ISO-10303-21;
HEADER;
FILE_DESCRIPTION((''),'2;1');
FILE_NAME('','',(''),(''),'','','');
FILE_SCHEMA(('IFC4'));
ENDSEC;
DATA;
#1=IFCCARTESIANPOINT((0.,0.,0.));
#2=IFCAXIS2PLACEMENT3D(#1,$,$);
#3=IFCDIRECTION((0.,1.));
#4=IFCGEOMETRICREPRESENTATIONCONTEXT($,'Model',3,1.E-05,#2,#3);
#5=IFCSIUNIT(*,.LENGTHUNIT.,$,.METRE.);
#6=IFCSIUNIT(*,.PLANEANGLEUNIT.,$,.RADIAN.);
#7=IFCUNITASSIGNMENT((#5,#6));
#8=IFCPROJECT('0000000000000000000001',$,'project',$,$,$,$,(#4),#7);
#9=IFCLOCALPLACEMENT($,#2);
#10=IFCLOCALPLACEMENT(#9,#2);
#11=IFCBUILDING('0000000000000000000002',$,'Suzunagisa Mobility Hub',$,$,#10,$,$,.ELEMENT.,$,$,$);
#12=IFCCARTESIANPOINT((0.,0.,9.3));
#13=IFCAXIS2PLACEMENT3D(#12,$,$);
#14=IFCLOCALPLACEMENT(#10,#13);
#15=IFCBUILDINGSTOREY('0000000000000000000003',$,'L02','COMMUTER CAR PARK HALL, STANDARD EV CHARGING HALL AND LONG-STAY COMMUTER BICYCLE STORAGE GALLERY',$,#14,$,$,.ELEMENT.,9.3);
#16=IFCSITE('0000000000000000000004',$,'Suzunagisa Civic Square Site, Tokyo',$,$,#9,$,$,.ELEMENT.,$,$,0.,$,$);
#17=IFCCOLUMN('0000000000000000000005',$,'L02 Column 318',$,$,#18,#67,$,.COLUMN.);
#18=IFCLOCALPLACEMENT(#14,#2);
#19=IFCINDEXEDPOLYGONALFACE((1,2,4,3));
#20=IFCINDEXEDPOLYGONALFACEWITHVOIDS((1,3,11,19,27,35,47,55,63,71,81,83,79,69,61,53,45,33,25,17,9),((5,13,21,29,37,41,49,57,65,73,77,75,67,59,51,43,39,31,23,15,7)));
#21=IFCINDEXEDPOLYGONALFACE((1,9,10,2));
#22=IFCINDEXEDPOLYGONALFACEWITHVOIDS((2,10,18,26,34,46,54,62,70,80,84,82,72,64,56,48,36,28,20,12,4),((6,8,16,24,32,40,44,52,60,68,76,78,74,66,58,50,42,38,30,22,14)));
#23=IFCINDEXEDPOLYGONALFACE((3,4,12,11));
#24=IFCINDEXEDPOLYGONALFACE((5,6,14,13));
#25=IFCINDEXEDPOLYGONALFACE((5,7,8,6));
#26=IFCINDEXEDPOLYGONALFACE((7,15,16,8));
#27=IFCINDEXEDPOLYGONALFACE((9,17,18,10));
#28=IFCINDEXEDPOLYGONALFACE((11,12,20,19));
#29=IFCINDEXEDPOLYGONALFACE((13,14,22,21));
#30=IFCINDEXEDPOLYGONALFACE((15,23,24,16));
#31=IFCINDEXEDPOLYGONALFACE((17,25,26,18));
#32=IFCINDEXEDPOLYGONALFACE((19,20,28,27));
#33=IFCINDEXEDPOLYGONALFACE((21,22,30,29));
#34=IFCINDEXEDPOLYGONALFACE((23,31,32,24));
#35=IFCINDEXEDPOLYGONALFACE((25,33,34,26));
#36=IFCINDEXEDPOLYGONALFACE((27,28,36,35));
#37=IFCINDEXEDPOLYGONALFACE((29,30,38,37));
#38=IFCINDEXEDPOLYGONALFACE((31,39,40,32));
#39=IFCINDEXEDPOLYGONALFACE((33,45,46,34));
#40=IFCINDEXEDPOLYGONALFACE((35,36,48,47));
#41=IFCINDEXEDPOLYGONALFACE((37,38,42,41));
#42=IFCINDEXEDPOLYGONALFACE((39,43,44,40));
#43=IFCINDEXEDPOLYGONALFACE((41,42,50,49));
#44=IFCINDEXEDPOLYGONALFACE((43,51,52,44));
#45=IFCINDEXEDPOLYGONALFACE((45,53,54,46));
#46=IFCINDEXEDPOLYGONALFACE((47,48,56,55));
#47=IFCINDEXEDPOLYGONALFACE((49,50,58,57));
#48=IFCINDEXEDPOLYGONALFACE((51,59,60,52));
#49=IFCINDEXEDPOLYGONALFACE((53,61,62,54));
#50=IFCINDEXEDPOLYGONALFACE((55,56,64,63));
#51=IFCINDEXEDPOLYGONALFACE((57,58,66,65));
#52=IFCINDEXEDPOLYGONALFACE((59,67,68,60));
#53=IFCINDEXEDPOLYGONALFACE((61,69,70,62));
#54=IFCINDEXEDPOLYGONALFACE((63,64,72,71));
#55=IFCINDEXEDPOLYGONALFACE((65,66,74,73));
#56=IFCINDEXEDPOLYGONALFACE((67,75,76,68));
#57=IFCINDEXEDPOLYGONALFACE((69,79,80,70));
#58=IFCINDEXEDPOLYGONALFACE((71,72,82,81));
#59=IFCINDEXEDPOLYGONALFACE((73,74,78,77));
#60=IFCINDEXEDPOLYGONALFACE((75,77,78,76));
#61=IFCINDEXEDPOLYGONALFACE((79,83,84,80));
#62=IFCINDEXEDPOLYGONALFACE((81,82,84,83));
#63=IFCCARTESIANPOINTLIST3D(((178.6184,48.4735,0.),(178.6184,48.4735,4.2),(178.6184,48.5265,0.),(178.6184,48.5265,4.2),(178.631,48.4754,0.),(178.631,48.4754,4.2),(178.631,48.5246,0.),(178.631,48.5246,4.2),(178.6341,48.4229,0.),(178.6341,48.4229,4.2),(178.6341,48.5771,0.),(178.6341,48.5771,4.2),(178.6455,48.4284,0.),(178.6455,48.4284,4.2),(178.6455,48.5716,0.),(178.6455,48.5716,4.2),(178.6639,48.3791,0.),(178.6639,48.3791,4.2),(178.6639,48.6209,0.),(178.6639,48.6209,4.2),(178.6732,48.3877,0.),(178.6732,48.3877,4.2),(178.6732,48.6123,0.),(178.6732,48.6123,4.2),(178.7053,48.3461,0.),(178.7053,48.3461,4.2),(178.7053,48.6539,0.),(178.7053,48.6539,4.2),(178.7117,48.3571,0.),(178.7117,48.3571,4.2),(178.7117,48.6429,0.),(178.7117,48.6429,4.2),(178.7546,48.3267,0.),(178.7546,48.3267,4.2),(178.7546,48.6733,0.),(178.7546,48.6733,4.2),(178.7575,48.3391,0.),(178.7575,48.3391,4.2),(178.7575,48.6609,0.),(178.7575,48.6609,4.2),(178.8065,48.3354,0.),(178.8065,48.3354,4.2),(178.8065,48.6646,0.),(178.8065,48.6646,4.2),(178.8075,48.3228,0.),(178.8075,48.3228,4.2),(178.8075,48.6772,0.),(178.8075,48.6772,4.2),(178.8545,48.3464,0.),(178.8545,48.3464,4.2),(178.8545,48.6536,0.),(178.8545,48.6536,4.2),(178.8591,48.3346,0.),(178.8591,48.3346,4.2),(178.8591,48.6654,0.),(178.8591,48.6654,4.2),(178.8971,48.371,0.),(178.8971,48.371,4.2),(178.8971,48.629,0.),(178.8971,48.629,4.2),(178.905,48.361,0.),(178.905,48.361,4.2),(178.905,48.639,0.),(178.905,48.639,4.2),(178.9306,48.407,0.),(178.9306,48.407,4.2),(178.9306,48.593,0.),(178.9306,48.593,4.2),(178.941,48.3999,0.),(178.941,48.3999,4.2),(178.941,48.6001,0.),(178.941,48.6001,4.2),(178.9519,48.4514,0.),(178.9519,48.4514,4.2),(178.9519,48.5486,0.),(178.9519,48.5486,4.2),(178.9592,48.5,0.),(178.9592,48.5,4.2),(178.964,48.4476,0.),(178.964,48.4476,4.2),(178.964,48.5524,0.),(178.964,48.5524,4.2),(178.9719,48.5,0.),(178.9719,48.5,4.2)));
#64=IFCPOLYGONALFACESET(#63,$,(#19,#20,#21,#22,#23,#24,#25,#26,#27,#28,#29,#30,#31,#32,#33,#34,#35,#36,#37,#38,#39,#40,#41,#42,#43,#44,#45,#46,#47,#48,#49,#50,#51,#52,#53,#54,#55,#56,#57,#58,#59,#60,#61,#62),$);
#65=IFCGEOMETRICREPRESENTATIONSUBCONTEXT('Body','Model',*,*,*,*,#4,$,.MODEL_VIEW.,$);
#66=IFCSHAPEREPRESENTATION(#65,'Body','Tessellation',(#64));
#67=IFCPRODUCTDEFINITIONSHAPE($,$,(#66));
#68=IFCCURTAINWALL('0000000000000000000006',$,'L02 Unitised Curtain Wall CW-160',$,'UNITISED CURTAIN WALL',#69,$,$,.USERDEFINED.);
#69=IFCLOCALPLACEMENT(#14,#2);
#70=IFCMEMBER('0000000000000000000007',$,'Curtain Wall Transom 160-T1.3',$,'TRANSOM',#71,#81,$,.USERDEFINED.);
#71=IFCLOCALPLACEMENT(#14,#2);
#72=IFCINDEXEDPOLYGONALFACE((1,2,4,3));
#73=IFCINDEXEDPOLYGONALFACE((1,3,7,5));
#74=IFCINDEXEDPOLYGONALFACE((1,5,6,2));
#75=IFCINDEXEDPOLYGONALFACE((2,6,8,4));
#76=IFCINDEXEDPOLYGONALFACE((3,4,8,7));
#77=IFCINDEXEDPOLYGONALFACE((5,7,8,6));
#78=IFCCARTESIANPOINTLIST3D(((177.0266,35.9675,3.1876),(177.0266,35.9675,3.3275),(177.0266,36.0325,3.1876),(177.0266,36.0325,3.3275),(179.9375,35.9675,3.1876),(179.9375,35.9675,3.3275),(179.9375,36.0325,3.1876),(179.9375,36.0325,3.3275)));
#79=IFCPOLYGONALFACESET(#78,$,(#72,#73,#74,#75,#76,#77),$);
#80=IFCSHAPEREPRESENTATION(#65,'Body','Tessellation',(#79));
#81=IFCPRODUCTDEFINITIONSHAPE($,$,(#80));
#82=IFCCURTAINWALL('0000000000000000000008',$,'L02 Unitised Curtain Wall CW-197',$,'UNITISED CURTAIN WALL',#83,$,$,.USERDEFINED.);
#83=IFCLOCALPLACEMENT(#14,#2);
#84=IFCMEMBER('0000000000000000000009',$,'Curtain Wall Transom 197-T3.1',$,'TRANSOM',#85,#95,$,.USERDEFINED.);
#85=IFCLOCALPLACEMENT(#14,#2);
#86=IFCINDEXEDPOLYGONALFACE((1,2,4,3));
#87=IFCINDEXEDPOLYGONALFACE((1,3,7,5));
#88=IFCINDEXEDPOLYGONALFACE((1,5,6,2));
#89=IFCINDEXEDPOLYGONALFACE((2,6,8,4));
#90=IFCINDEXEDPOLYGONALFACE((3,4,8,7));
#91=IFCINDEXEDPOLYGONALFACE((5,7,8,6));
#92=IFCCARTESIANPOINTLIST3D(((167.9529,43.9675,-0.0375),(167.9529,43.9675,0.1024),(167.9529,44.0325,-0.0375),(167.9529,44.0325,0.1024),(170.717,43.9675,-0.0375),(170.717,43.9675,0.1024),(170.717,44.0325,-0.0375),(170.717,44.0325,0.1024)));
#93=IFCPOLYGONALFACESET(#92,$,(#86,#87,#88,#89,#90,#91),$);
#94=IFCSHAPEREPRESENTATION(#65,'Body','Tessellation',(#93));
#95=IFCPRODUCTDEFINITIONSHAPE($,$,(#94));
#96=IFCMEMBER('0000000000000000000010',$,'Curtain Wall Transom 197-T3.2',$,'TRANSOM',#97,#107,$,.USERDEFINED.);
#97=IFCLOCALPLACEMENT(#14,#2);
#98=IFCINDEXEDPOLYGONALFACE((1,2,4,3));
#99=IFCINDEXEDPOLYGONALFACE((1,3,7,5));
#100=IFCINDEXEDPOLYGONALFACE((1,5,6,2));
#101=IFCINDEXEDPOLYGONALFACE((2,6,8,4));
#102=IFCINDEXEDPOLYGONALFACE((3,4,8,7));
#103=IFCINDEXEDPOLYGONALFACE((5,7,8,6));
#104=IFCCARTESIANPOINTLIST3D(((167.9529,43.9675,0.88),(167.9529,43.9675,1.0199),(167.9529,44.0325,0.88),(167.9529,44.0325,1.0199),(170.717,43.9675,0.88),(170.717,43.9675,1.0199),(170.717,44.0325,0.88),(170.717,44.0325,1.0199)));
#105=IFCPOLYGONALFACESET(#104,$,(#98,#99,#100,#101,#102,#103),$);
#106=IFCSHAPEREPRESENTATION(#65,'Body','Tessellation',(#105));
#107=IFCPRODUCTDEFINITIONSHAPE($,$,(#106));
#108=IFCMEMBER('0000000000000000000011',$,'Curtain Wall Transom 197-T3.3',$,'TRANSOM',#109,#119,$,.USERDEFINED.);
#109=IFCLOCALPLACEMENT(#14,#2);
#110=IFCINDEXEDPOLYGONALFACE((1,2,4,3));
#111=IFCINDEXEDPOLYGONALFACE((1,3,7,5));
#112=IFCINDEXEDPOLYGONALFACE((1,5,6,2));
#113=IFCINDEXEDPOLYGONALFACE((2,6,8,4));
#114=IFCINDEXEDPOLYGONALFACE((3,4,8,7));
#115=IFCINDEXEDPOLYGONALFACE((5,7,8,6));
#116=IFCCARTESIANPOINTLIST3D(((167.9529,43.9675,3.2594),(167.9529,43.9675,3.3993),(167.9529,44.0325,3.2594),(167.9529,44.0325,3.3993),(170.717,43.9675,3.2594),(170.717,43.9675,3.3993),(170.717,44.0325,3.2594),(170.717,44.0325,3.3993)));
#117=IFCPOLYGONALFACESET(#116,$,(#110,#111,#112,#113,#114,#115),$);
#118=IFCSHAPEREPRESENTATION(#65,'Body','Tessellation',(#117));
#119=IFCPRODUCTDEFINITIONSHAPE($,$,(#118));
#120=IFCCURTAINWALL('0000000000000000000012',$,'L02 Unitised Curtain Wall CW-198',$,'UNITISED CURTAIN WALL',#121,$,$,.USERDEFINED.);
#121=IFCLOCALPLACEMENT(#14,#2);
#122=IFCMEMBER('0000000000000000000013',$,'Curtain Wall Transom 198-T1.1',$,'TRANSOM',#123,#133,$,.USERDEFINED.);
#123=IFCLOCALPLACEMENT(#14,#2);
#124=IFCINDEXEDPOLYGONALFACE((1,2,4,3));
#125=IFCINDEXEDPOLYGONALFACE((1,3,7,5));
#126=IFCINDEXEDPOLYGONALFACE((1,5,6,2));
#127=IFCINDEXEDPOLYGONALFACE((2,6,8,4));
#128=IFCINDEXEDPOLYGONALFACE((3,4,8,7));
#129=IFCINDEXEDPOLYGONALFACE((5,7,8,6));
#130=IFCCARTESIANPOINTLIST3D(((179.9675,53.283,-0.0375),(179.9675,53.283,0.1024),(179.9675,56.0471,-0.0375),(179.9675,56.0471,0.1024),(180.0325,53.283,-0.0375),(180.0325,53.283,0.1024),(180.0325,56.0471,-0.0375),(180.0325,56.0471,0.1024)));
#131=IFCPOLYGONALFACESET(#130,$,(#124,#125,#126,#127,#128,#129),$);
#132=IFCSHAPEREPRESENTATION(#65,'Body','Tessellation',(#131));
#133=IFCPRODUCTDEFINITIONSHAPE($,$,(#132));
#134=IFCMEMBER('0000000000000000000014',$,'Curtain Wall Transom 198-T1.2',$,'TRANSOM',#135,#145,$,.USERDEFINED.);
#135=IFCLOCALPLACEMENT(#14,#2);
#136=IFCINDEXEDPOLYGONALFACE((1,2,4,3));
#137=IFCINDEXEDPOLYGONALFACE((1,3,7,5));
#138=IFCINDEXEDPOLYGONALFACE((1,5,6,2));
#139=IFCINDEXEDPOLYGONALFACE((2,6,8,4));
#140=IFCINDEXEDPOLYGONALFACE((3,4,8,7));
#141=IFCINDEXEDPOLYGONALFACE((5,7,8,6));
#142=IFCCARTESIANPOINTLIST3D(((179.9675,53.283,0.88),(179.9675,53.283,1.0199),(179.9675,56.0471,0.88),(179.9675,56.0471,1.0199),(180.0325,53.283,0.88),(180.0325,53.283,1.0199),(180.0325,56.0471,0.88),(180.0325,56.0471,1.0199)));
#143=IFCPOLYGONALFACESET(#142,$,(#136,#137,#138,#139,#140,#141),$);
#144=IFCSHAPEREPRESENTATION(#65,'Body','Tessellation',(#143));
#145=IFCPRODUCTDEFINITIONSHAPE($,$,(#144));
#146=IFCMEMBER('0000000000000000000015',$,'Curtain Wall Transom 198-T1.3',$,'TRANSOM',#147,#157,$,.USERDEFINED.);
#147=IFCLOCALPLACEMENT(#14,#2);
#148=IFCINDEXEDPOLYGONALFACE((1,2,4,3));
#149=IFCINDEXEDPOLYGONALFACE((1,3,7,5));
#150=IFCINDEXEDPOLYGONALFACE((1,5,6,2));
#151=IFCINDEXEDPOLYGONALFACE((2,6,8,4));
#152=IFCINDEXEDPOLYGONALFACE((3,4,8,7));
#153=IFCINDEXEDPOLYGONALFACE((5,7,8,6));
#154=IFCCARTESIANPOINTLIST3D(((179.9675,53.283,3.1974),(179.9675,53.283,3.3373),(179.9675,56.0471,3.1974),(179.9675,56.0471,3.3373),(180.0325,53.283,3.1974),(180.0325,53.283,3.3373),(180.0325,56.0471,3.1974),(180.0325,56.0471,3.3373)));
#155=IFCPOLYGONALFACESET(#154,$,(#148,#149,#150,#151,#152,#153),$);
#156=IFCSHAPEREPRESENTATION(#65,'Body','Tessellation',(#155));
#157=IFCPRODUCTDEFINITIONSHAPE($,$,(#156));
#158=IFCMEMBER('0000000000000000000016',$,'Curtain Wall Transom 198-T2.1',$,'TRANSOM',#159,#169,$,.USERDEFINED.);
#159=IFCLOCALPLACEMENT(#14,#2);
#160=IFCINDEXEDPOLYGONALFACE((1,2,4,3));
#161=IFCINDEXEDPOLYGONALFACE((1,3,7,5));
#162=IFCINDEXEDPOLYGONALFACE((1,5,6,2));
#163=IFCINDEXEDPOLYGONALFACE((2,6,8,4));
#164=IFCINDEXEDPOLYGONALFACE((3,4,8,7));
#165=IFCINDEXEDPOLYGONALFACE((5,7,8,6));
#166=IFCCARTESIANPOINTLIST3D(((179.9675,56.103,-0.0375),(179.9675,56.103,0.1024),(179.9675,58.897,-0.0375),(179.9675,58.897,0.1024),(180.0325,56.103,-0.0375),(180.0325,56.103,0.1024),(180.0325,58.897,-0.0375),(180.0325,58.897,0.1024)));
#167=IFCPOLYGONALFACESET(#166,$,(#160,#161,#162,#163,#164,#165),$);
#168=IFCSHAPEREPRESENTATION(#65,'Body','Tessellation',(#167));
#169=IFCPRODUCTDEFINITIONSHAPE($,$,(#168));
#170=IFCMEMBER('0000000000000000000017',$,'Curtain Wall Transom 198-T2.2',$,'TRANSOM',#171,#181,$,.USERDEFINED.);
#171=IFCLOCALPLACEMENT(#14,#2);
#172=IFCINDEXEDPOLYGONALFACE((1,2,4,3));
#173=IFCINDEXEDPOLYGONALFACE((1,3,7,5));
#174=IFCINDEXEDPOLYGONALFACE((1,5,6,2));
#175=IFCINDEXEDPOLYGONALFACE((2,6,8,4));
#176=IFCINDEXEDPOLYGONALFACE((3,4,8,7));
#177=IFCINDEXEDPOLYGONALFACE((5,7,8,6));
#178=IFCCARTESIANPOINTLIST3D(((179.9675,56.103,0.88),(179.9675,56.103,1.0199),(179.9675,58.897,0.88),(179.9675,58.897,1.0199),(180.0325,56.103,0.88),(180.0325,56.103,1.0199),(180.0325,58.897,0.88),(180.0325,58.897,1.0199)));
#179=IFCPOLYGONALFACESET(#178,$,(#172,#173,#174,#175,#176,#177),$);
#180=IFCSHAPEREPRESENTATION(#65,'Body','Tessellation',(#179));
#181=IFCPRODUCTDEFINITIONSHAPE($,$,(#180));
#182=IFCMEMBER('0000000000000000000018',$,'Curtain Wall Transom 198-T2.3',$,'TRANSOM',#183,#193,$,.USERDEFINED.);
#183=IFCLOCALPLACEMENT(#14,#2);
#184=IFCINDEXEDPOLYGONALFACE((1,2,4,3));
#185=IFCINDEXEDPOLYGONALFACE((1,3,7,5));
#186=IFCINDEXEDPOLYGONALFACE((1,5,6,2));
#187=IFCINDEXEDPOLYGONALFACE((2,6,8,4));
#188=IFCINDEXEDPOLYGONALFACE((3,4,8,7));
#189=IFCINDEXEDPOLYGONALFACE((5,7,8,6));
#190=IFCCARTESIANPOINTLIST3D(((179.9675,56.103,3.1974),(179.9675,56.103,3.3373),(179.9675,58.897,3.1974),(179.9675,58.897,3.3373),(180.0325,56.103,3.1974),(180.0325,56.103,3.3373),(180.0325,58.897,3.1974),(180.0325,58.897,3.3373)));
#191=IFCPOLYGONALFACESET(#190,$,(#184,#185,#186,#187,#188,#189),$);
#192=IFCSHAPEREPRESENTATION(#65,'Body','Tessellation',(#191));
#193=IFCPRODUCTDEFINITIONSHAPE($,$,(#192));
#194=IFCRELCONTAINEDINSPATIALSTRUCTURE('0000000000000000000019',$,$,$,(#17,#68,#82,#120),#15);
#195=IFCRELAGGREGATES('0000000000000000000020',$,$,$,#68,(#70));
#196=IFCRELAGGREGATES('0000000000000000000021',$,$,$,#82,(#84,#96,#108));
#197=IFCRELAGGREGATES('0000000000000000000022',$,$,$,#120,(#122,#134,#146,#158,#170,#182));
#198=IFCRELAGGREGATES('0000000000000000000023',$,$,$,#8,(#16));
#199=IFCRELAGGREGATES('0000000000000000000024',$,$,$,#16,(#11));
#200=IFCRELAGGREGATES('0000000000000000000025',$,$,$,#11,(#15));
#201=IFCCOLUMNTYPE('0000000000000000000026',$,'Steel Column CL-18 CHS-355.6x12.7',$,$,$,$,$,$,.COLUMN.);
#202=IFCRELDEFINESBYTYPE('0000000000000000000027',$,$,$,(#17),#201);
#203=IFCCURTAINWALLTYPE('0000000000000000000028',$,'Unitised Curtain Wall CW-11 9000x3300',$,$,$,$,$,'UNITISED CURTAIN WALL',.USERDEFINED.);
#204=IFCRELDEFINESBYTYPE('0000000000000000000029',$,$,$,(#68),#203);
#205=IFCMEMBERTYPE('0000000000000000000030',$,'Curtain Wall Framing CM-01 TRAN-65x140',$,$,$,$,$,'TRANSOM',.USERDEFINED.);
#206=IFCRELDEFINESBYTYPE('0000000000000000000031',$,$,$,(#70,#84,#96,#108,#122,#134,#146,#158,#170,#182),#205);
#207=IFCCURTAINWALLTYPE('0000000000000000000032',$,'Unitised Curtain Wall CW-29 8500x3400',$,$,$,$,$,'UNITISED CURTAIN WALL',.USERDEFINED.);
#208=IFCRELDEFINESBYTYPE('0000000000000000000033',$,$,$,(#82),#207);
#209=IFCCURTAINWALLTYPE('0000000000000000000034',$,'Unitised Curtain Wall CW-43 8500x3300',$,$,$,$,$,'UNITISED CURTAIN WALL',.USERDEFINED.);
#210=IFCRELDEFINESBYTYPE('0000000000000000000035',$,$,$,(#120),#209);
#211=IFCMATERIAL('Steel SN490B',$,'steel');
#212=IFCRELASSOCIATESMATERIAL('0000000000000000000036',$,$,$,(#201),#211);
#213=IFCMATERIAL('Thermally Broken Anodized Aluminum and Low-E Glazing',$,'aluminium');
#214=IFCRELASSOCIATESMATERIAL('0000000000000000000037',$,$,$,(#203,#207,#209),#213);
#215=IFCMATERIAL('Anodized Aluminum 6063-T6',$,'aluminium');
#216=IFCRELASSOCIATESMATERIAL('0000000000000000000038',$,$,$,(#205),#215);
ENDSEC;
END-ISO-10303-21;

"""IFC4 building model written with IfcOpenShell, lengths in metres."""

from ifc_helpers import new_model, si_unit, direction, frame, origin, origin_2d, place, context, subcontext, project, spatial, rectangle, hollow_circle, extrude, material, material_profile, profile_set, type_object, element, aggregate, save


model = new_model("IFC4")

# Units and contexts
model_context = context("Model", 3, precision=1e-05, world=origin(), true_north=direction((0.0, 1.0)))
body_context = subcontext(model_context, "Body", "Model", "MODEL_VIEW")
ifc_project = project(units=[si_unit("LENGTHUNIT", "METRE"), si_unit("PLANEANGLEUNIT", "RADIAN")], contexts=[model_context])

# Site, building, storey
site_placement = place(None, origin())
site = spatial("IfcSite", under=ifc_project, at=site_placement, Name="Suzunagisa Civic Square Site, Tokyo", CompositionType="ELEMENT", RefElevation=0.0)
building_placement = place(site_placement, origin())
building = spatial("IfcBuilding", under=site, at=building_placement, Name="Suzunagisa Mobility Hub", CompositionType="ELEMENT")
storey_placement = place(building_placement, frame((0.0, 0.0, 9.3)))
storey = spatial("IfcBuildingStorey", under=building, at=storey_placement, Name="L02", Description="COMMUTER CAR PARK HALL, STANDARD EV CHARGING HALL AND LONG-STAY COMMUTER BICYCLE STORAGE GALLERY", CompositionType="ELEMENT", Elevation=9.3)

# Column
ifc_material_1 = material(Name="Steel SN490B", Category="steel")
ifc_material_profile_1 = material_profile(ifc_material_1, hollow_circle(Radius=0.1777, WallThickness=0.0127, at=origin_2d()), Name="CHS-355.6x12.7")
ifc_profile_set_1 = profile_set([ifc_material_profile_1], Name="Steel SN490B")
column_type_1 = type_object("IfcColumnType", Name="Steel Column CL-18 CHS-355.6x12.7", PredefinedType="COLUMN", material=ifc_profile_set_1)
for number, where, z_axis, x_axis, name in (
    (1, (178.7942, 48.5, 0.0), (0.0, 0.0, 1.0), (1.0, 0.0, 0.0), "L02 Column 318"),
):
    element("IfcColumn", number, at=place(storey_placement, frame(where, z_axis=z_axis, x_axis=x_axis)), inside=storey, type_object=column_type_1, Name=name, PredefinedType="COLUMN", context=body_context, shape_type="SweptSolid", body=[
        extrude(hollow_circle(Radius=0.1777, WallThickness=0.0127, at=origin_2d()), origin(), (0.0, 0.0, 1.0), 4.2),
    ])

# Curtain wall, member
ifc_material_2 = material(Name="Thermally Broken Anodized Aluminum and Low-E Glazing", Category="aluminium")
curtain_wall_type_1 = type_object("IfcCurtainWallType", Name="Unitised Curtain Wall CW-11 9000x3300", ElementType="UNITISED CURTAIN WALL", PredefinedType="USERDEFINED", material=ifc_material_2)
curtain_wall_1_placement = place(storey_placement, origin())
curtain_wall_1 = element("IfcCurtainWall", 2, at=curtain_wall_1_placement, inside=storey, type_object=curtain_wall_type_1, Name="L02 Unitised Curtain Wall CW-160", ObjectType="UNITISED CURTAIN WALL", PredefinedType="USERDEFINED")
ifc_material_3 = material(Name="Anodized Aluminum 6063-T6", Category="aluminium")
ifc_material_profile_2 = material_profile(ifc_material_3, rectangle(XDim=0.0649, YDim=0.1399, at=origin_2d()), Name="TRAN-65x140")
ifc_profile_set_2 = profile_set([ifc_material_profile_2], Name="Anodized Aluminum 6063-T6")
member_type_1 = type_object("IfcMemberType", Name="Curtain Wall Framing CM-01 TRAN-65x140", ElementType="TRANSOM", PredefinedType="USERDEFINED", material=ifc_profile_set_2)
member_1_placement = place(storey_placement, frame((179.9375, 36.0, 3.2576), z_axis=(-1.0, 0.0, 0.0), x_axis=(0.0, -1.0, 0.0)))
member_1 = element("IfcMember", 3, at=member_1_placement, type_object=member_type_1, Name="Curtain Wall Transom 160-T1.3", ObjectType="TRANSOM", PredefinedType="USERDEFINED", context=body_context, shape_type="SweptSolid", body=[
    extrude(rectangle(XDim=0.0649, YDim=0.1399, at=origin_2d()), origin(), (0.0, 0.0, 1.0), 2.9109),
])

# Curtain walls, members
curtain_wall_type_2 = type_object("IfcCurtainWallType", Name="Unitised Curtain Wall CW-29 8500x3400", ElementType="UNITISED CURTAIN WALL", PredefinedType="USERDEFINED", material=ifc_material_2)
curtain_wall_2_placement = place(storey_placement, origin())
curtain_wall_2 = element("IfcCurtainWall", 4, at=curtain_wall_2_placement, inside=storey, type_object=curtain_wall_type_2, Name="L02 Unitised Curtain Wall CW-197", ObjectType="UNITISED CURTAIN WALL", PredefinedType="USERDEFINED")
member_2_placement = place(storey_placement, frame((167.9529, 44.0, 0.0325), z_axis=(1.0, 0.0, 0.0), x_axis=(0.0, 1.0, 0.0)))
member_2 = element("IfcMember", 5, at=member_2_placement, type_object=member_type_1, Name="Curtain Wall Transom 197-T3.1", ObjectType="TRANSOM", PredefinedType="USERDEFINED", context=body_context, shape_type="SweptSolid", body=[
    extrude(rectangle(XDim=0.0649, YDim=0.1399, at=origin_2d()), origin(), (0.0, 0.0, 1.0), 2.7642),
])
member_3_placement = place(storey_placement, frame((167.9529, 44.0, 0.95), z_axis=(1.0, 0.0, 0.0), x_axis=(0.0, 1.0, 0.0)))
member_3 = element("IfcMember", 6, at=member_3_placement, type_object=member_type_1, Name="Curtain Wall Transom 197-T3.2", ObjectType="TRANSOM", PredefinedType="USERDEFINED", context=body_context, shape_type="SweptSolid", body=[
    extrude(rectangle(XDim=0.0649, YDim=0.1399, at=origin_2d()), origin(), (0.0, 0.0, 1.0), 2.7642),
])
member_4_placement = place(storey_placement, frame((167.9529, 44.0, 3.3293), z_axis=(1.0, 0.0, 0.0), x_axis=(0.0, 1.0, 0.0)))
member_4 = element("IfcMember", 7, at=member_4_placement, type_object=member_type_1, Name="Curtain Wall Transom 197-T3.3", ObjectType="TRANSOM", PredefinedType="USERDEFINED", context=body_context, shape_type="SweptSolid", body=[
    extrude(rectangle(XDim=0.0649, YDim=0.1399, at=origin_2d()), origin(), (0.0, 0.0, 1.0), 2.7642),
])
curtain_wall_type_3 = type_object("IfcCurtainWallType", Name="Unitised Curtain Wall CW-43 8500x3300", ElementType="UNITISED CURTAIN WALL", PredefinedType="USERDEFINED", material=ifc_material_2)
curtain_wall_3_placement = place(storey_placement, origin())
curtain_wall_3 = element("IfcCurtainWall", 8, at=curtain_wall_3_placement, inside=storey, type_object=curtain_wall_type_3, Name="L02 Unitised Curtain Wall CW-198", ObjectType="UNITISED CURTAIN WALL", PredefinedType="USERDEFINED")
member_5_placement = place(storey_placement, frame((180.0, 53.283, 0.0325), z_axis=(0.0, 1.0, 0.0), x_axis=(-1.0, 0.0, 0.0)))
member_5 = element("IfcMember", 9, at=member_5_placement, type_object=member_type_1, Name="Curtain Wall Transom 198-T1.1", ObjectType="TRANSOM", PredefinedType="USERDEFINED", context=body_context, shape_type="SweptSolid", body=[
    extrude(rectangle(XDim=0.0649, YDim=0.1399, at=origin_2d()), origin(), (0.0, 0.0, 1.0), 2.7642),
])
member_6_placement = place(storey_placement, frame((180.0, 53.283, 0.95), z_axis=(0.0, 1.0, 0.0), x_axis=(-1.0, 0.0, 0.0)))
member_6 = element("IfcMember", 10, at=member_6_placement, type_object=member_type_1, Name="Curtain Wall Transom 198-T1.2", ObjectType="TRANSOM", PredefinedType="USERDEFINED", context=body_context, shape_type="SweptSolid", body=[
    extrude(rectangle(XDim=0.0649, YDim=0.1399, at=origin_2d()), origin(), (0.0, 0.0, 1.0), 2.7642),
])
member_7_placement = place(storey_placement, frame((180.0, 53.283, 3.2673), z_axis=(0.0, 1.0, 0.0), x_axis=(-1.0, 0.0, 0.0)))
member_7 = element("IfcMember", 11, at=member_7_placement, type_object=member_type_1, Name="Curtain Wall Transom 198-T1.3", ObjectType="TRANSOM", PredefinedType="USERDEFINED", context=body_context, shape_type="SweptSolid", body=[
    extrude(rectangle(XDim=0.0649, YDim=0.1399, at=origin_2d()), origin(), (0.0, 0.0, 1.0), 2.7642),
])
member_8_placement = place(storey_placement, frame((180.0, 56.103, 0.0325), z_axis=(0.0, 1.0, 0.0), x_axis=(-1.0, 0.0, 0.0)))
member_8 = element("IfcMember", 12, at=member_8_placement, type_object=member_type_1, Name="Curtain Wall Transom 198-T2.1", ObjectType="TRANSOM", PredefinedType="USERDEFINED", context=body_context, shape_type="SweptSolid", body=[
    extrude(rectangle(XDim=0.0649, YDim=0.1399, at=origin_2d()), origin(), (0.0, 0.0, 1.0), 2.7939),
])
member_9_placement = place(storey_placement, frame((180.0, 56.103, 0.95), z_axis=(0.0, 1.0, 0.0), x_axis=(-1.0, 0.0, 0.0)))
member_9 = element("IfcMember", 13, at=member_9_placement, type_object=member_type_1, Name="Curtain Wall Transom 198-T2.2", ObjectType="TRANSOM", PredefinedType="USERDEFINED", context=body_context, shape_type="SweptSolid", body=[
    extrude(rectangle(XDim=0.0649, YDim=0.1399, at=origin_2d()), origin(), (0.0, 0.0, 1.0), 2.7939),
])
member_10_placement = place(storey_placement, frame((180.0, 56.103, 3.2673), z_axis=(0.0, 1.0, 0.0), x_axis=(-1.0, 0.0, 0.0)))
member_10 = element("IfcMember", 14, at=member_10_placement, type_object=member_type_1, Name="Curtain Wall Transom 198-T2.3", ObjectType="TRANSOM", PredefinedType="USERDEFINED", context=body_context, shape_type="SweptSolid", body=[
    extrude(rectangle(XDim=0.0649, YDim=0.1399, at=origin_2d()), origin(), (0.0, 0.0, 1.0), 2.7939),
])

aggregate(curtain_wall_1, [member_1])

aggregate(curtain_wall_2, [member_2, member_3, member_4])
aggregate(curtain_wall_3, [member_5, member_6, member_7, member_8, member_9, member_10])

save(model, "model.ifc")
